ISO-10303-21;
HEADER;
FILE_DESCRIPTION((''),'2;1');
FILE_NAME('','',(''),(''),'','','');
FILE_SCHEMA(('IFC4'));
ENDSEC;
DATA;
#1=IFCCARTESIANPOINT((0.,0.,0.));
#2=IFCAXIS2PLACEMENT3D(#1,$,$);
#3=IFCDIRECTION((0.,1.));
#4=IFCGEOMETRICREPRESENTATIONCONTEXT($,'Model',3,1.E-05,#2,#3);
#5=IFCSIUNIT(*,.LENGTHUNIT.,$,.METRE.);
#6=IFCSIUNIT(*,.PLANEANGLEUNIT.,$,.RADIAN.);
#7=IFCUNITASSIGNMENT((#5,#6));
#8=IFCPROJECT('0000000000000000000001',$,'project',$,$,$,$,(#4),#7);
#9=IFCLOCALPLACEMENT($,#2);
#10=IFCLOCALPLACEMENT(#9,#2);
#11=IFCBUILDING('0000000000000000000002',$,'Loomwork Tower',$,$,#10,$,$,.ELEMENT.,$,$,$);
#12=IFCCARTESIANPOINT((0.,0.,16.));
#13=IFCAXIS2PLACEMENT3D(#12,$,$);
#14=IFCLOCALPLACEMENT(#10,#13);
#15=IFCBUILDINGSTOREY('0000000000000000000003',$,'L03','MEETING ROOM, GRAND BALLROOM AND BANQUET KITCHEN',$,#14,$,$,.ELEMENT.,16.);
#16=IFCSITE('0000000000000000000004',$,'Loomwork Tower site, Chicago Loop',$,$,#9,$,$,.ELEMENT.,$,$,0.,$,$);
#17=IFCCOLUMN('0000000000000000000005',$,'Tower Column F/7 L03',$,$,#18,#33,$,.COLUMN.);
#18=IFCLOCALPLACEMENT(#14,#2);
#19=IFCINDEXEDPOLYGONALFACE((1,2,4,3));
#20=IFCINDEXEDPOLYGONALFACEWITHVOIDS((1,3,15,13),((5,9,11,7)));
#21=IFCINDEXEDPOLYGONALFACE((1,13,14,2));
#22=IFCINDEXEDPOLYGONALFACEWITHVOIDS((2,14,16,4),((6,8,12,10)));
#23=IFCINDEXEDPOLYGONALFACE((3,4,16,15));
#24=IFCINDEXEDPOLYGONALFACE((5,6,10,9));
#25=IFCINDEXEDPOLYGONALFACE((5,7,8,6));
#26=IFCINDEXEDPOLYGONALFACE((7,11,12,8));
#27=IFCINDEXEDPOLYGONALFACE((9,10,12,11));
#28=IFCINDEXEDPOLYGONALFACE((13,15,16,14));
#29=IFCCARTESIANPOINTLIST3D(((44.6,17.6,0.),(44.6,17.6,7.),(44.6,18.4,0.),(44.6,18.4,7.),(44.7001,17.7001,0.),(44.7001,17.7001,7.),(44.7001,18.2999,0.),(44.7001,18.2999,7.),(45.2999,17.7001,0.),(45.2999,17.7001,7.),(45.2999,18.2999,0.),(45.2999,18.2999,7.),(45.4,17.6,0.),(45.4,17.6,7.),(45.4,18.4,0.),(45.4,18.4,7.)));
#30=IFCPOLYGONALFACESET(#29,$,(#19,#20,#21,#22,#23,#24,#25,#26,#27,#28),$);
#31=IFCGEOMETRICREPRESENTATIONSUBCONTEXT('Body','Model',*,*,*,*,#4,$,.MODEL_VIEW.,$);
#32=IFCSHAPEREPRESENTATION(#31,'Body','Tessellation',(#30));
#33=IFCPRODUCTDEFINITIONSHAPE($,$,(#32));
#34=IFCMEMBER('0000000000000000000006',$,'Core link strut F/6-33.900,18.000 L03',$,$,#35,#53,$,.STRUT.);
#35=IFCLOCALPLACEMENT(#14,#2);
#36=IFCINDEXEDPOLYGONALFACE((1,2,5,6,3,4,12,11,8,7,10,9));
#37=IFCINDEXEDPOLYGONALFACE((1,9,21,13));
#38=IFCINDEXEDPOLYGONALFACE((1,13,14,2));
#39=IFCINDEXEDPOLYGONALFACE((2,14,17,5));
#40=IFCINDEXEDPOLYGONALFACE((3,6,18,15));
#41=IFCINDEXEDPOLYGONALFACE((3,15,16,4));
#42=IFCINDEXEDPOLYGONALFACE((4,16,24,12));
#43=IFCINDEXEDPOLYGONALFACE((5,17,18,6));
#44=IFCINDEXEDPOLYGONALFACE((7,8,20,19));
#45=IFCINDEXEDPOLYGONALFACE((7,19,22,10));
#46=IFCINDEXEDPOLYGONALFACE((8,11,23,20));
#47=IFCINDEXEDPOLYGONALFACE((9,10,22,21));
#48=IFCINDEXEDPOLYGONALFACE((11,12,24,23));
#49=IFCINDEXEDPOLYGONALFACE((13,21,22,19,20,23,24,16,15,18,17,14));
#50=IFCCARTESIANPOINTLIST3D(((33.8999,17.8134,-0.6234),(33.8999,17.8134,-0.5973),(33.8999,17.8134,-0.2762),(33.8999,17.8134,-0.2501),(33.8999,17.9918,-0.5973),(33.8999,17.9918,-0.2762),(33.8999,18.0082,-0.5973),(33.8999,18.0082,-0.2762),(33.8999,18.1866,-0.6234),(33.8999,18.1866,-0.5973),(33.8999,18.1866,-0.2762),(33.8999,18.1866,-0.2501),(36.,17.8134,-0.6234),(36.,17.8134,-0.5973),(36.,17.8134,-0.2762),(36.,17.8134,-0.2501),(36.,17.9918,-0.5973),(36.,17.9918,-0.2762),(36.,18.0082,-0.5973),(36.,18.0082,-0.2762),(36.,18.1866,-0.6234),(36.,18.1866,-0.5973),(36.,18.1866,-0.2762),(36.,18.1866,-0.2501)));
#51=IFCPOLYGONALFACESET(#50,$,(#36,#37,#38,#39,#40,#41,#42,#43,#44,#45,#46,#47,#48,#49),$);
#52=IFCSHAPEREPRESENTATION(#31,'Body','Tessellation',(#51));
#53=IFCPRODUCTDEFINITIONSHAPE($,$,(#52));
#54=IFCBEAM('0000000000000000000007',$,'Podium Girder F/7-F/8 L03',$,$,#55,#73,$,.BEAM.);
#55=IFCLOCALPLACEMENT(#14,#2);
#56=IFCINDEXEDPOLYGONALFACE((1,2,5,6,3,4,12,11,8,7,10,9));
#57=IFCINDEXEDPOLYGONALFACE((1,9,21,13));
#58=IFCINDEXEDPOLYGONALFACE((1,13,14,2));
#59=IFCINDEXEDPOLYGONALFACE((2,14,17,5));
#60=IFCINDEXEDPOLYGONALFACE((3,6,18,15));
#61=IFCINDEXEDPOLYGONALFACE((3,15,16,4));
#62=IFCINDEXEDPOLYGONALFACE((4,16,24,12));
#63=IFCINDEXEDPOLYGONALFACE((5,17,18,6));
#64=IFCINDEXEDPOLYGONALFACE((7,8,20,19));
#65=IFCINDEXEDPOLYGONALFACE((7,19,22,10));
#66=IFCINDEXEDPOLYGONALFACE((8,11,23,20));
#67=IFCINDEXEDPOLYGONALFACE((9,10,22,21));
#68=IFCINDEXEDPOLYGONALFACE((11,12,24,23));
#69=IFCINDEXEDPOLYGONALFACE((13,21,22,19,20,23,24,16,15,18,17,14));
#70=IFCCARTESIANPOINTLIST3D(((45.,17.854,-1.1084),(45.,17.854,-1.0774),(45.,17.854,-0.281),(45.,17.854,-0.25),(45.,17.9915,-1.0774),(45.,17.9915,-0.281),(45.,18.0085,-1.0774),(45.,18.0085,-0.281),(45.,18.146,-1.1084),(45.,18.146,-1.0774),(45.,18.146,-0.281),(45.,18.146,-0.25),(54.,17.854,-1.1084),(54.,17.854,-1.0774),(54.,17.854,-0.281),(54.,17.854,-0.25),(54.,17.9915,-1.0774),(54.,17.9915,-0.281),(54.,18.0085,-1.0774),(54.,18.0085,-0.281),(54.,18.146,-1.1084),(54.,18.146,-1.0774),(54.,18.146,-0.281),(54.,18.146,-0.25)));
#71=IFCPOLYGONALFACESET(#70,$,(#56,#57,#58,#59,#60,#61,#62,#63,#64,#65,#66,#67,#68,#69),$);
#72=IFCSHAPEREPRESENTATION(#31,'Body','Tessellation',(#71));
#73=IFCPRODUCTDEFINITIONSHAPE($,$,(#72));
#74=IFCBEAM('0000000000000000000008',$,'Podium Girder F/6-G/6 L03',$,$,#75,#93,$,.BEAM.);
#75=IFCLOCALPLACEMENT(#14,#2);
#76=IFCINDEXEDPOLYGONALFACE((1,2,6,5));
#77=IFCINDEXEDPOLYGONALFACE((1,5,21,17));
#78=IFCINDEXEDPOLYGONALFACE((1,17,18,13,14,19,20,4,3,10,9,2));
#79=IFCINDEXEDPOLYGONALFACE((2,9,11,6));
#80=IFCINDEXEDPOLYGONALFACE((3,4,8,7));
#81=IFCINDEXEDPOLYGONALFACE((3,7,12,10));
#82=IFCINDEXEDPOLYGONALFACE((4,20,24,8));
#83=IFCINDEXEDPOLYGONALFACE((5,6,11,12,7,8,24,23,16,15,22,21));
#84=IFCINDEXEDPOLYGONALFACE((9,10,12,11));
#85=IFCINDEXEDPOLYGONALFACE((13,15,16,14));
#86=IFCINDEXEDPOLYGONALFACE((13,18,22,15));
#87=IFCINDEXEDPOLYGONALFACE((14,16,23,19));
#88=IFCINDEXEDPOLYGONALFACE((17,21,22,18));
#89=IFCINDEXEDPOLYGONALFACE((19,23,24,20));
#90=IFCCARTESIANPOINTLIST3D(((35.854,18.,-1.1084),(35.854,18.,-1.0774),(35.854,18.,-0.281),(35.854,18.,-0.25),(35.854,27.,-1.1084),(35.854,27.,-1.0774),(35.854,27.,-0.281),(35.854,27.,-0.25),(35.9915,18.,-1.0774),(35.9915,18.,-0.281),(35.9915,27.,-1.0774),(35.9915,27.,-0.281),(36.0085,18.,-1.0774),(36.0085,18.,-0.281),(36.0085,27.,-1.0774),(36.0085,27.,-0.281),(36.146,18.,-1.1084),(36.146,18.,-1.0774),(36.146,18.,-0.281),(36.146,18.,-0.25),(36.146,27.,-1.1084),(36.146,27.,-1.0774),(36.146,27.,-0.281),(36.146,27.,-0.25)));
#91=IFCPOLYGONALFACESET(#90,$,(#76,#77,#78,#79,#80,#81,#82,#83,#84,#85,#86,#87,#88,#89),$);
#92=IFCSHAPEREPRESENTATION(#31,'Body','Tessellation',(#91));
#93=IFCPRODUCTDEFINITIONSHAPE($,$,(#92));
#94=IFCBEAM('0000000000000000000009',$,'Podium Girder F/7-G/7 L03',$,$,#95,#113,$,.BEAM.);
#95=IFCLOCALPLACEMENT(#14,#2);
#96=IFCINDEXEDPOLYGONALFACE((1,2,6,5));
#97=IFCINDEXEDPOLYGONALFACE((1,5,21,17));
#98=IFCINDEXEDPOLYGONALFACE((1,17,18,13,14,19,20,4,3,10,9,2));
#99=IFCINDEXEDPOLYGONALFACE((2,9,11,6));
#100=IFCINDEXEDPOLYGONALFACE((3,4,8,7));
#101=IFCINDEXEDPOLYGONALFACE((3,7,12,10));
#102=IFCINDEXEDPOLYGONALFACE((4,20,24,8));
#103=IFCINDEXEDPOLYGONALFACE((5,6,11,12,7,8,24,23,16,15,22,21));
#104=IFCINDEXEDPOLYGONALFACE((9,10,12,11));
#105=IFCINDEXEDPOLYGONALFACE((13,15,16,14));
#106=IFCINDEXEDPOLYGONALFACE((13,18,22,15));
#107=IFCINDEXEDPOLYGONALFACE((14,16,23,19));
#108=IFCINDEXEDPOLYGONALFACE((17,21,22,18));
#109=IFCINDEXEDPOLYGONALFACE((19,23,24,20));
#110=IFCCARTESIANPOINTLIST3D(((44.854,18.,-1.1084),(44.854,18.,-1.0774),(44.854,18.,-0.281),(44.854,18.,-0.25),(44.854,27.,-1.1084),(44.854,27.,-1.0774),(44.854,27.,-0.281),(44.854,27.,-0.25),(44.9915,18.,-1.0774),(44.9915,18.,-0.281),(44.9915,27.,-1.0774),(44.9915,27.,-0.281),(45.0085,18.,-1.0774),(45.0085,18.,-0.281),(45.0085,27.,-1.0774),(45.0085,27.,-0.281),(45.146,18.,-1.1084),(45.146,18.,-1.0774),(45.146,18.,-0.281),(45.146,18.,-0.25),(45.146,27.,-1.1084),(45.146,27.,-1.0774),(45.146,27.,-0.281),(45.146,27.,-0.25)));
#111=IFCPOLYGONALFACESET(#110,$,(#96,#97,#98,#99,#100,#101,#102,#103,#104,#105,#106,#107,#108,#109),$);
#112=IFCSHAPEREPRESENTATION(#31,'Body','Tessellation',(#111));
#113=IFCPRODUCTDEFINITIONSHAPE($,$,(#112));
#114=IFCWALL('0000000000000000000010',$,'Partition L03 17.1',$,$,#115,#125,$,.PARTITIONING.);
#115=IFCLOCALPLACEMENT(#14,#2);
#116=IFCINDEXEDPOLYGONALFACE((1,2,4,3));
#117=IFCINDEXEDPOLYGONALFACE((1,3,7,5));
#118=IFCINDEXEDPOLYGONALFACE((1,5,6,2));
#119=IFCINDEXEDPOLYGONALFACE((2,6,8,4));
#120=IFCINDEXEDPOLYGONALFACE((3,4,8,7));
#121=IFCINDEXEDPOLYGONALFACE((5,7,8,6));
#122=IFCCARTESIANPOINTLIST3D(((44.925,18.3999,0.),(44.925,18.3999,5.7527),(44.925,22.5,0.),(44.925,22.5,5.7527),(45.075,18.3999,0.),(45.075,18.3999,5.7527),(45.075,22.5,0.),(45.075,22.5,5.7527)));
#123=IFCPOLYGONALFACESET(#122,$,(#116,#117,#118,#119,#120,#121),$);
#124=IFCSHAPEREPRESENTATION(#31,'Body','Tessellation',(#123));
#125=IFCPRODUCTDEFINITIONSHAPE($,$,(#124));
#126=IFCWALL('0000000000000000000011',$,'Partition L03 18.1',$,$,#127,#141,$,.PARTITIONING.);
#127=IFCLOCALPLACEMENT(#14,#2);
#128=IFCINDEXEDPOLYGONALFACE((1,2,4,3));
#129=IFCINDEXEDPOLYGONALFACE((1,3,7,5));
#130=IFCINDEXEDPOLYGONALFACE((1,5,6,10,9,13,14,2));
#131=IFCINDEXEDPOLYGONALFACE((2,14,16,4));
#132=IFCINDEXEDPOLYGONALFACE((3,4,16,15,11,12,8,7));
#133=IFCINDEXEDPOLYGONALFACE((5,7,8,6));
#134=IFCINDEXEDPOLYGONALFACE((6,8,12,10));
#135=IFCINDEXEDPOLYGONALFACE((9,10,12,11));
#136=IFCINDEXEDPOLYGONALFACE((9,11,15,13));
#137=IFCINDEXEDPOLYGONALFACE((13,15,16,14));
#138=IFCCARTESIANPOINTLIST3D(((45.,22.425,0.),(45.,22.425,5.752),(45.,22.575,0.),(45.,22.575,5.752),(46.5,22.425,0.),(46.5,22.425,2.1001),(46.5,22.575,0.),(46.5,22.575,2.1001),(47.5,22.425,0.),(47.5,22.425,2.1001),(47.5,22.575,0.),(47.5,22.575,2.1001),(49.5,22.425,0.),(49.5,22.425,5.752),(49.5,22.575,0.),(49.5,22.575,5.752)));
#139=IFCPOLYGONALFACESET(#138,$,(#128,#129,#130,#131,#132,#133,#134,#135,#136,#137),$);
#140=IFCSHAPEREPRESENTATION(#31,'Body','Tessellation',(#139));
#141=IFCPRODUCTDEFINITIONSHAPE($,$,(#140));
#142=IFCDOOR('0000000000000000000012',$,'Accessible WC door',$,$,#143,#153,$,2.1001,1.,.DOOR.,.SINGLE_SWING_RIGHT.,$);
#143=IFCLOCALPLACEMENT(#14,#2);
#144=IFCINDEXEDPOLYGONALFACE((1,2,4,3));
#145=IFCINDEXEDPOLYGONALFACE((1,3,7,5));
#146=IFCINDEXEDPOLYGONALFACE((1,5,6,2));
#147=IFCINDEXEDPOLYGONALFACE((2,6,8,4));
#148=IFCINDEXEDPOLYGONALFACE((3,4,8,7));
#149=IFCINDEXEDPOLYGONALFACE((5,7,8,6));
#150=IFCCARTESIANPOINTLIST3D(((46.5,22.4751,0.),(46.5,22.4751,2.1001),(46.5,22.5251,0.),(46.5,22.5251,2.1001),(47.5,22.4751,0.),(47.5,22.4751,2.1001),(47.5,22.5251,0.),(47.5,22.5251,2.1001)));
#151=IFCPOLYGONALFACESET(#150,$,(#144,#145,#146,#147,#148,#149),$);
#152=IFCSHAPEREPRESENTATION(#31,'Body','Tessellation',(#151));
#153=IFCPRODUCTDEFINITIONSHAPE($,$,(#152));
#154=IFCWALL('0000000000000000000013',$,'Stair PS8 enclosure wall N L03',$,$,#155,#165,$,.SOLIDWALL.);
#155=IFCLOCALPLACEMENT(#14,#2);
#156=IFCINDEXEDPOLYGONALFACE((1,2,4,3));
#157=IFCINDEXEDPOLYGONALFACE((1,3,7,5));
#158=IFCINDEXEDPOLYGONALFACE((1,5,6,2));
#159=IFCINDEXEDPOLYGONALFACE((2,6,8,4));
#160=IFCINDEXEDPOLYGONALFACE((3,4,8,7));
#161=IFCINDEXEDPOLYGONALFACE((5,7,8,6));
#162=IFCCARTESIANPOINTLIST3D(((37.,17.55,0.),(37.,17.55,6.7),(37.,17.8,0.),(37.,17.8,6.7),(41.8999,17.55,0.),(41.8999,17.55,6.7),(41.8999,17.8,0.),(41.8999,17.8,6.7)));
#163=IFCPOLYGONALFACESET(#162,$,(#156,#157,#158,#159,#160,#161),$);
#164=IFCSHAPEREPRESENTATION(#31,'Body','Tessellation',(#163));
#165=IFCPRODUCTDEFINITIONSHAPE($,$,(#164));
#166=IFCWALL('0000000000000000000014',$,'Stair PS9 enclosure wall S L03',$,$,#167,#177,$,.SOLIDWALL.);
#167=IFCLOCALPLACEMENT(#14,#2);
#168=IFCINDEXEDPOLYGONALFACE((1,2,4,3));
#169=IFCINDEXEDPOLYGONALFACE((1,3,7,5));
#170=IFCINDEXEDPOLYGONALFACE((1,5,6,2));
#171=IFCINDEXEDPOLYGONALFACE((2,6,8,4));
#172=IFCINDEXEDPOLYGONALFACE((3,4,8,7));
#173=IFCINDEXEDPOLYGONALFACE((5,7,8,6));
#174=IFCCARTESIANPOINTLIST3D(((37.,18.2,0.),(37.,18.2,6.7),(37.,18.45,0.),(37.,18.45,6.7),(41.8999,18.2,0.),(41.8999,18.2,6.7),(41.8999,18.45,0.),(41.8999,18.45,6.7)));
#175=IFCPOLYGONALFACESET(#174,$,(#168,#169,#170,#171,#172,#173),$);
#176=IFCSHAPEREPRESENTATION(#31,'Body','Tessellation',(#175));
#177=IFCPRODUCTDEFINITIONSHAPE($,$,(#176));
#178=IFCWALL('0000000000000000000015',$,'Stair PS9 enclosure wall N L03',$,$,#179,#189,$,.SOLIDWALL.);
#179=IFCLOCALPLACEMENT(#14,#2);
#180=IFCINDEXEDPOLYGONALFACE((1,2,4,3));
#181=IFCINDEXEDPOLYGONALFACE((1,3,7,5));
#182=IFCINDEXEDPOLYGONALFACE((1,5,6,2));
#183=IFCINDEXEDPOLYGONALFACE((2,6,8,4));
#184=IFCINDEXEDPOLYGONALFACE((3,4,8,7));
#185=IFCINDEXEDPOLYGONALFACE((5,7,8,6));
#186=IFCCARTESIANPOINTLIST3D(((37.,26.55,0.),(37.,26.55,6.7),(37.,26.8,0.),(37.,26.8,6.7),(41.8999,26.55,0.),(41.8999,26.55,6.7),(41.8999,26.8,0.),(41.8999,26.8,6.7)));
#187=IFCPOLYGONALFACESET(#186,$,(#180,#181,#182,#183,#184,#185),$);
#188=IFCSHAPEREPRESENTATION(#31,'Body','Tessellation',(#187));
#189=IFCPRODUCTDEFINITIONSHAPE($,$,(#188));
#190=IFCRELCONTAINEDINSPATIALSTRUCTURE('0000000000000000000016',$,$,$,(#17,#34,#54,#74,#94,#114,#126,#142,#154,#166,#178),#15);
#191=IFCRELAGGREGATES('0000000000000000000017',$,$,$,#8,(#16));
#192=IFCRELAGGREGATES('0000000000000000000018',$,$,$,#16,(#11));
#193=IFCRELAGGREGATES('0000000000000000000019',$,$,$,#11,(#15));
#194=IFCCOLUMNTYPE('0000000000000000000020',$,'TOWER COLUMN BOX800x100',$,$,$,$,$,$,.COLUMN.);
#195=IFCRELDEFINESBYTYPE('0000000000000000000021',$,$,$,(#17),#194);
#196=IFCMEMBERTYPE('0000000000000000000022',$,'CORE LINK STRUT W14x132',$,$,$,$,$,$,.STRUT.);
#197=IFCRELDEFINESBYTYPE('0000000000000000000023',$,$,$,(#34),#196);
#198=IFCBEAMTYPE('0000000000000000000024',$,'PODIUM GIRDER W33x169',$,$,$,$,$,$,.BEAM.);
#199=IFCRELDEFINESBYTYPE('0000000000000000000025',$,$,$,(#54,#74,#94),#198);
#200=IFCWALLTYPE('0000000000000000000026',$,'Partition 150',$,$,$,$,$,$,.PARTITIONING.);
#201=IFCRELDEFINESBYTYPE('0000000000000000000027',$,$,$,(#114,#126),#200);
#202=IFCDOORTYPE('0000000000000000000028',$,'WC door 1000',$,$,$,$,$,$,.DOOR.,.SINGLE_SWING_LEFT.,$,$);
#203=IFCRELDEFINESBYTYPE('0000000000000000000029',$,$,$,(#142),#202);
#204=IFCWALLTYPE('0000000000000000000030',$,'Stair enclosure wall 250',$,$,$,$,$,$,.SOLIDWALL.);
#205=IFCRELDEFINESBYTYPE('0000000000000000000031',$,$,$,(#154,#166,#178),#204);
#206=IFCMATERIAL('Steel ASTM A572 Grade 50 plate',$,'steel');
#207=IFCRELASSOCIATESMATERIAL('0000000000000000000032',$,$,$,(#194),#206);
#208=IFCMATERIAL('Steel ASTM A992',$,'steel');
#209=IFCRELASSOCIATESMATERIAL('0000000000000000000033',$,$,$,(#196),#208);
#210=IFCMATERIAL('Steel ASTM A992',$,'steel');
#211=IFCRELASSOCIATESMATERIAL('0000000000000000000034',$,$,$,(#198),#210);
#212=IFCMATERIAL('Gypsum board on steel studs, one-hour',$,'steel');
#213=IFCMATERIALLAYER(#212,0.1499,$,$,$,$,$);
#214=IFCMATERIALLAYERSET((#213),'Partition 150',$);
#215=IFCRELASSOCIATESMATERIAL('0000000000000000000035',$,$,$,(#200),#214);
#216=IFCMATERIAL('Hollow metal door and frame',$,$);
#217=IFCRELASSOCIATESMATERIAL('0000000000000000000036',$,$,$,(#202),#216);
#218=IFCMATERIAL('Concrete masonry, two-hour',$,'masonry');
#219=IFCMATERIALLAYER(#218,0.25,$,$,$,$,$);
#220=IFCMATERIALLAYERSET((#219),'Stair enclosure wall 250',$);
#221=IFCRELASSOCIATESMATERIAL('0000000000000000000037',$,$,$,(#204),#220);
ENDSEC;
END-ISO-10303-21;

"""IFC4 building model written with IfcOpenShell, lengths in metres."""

from ifc_helpers import new_model, si_unit, direction, frame, frame_2d, origin, origin_2d, place, context, subcontext, project, spatial, rectangle, hollow_rectangle, i_section, extrude, material, layer, layer_set, material_profile, profile_set, type_object, element, fill, save


model = new_model("IFC4")

# Units and contexts
model_context = context("Model", 3, precision=1e-05, world=origin(), true_north=direction((0.0, 1.0)))
body_context = subcontext(model_context, "Body", "Model", "MODEL_VIEW")
ifc_project = project(units=[si_unit("LENGTHUNIT", "METRE"), si_unit("PLANEANGLEUNIT", "RADIAN")], contexts=[model_context])

# Site, building, storey
site_placement = place(None, origin())
site = spatial("IfcSite", under=ifc_project, at=site_placement, Name="Loomwork Tower site, Chicago Loop", CompositionType="ELEMENT", RefElevation=0.0)
building_placement = place(site_placement, origin())
building = spatial("IfcBuilding", under=site, at=building_placement, Name="Loomwork Tower", CompositionType="ELEMENT")
storey_placement = place(building_placement, frame((0.0, 0.0, 16.0)))
storey = spatial("IfcBuildingStorey", under=building, at=storey_placement, Name="L03", Description="MEETING ROOM, GRAND BALLROOM AND BANQUET KITCHEN", CompositionType="ELEMENT", Elevation=16.0)

# Column
ifc_material_1 = material(Name="Steel ASTM A572 Grade 50 plate", Category="steel")
ifc_material_profile_1 = material_profile(ifc_material_1, hollow_rectangle(XDim=0.8, YDim=0.8, WallThickness=0.1001, at=origin_2d()), Name="BOX800x100")
ifc_profile_set_1 = profile_set([ifc_material_profile_1], Name="Steel ASTM A572 Grade 50 plate")
column_type = type_object("IfcColumnType", Name="TOWER COLUMN BOX800x100", PredefinedType="COLUMN", material=ifc_profile_set_1)
column_placement = place(storey_placement, frame((45.0, 18.0, 0.0), z_axis=(0.0, 0.0, 1.0), x_axis=(0.0, 1.0, 0.0)))
element("IfcColumn", 1, at=column_placement, inside=storey, type_object=column_type, Name="Tower Column F/7 L03", PredefinedType="COLUMN", context=body_context, shape_type="SweptSolid", body=[
    extrude(hollow_rectangle(XDim=0.8, YDim=0.8, WallThickness=0.1001, at=origin_2d()), origin(), (0.0, 0.0, 1.0), 7.0),
])

# Member
ifc_material_2 = material(Name="Steel ASTM A992", Category="steel")
ifc_material_profile_2 = material_profile(ifc_material_2, i_section(OverallWidth=0.3733, OverallDepth=0.3733, WebThickness=0.0164, FlangeThickness=0.0261, at=origin_2d()), Name="W14x132")
ifc_profile_set_2 = profile_set([ifc_material_profile_2], Name="Steel ASTM A992")
member_type = type_object("IfcMemberType", Name="CORE LINK STRUT W14x132", PredefinedType="STRUT", material=ifc_profile_set_2)
member_placement = place(storey_placement, frame((36.0, 18.0, -0.4368), z_axis=(-1.0, 0.0, 0.0), x_axis=(0.0, -1.0, 0.0)))
element("IfcMember", 2, at=member_placement, inside=storey, type_object=member_type, Name="Core link strut F/6-33.900,18.000 L03", PredefinedType="STRUT", context=body_context, shape_type="SweptSolid", body=[
    extrude(i_section(OverallWidth=0.3733, OverallDepth=0.3733, WebThickness=0.0164, FlangeThickness=0.0261, at=origin_2d()), origin(), (0.0, 0.0, 1.0), 2.1001),
])

# Beams
ifc_material_3 = material(Name="Steel ASTM A992", Category="steel")
ifc_material_profile_3 = material_profile(ifc_material_3, i_section(OverallWidth=0.292, OverallDepth=0.8584, WebThickness=0.0171, FlangeThickness=0.031, at=origin_2d()), Name="W33x169")
ifc_profile_set_3 = profile_set([ifc_material_profile_3], Name="Steel ASTM A992")
beam_type = type_object("IfcBeamType", Name="PODIUM GIRDER W33x169", PredefinedType="BEAM", material=ifc_profile_set_3)
for number, where, z_axis, x_axis, name in (
    (3, (45.0, 18.0, -0.6792), (1.0, 0.0, 0.0), (0.0, 1.0, 0.0), "Podium Girder F/7-F/8 L03"),
    (4, (36.0, 18.0, -0.6792), (0.0, 1.0, 0.0), (-1.0, 0.0, 0.0), "Podium Girder F/6-G/6 L03"),
    (5, (45.0, 18.0, -0.6792), (0.0, 1.0, 0.0), (-1.0, 0.0, 0.0), "Podium Girder F/7-G/7 L03"),
):
    element("IfcBeam", number, at=place(storey_placement, frame(where, z_axis=z_axis, x_axis=x_axis)), inside=storey, type_object=beam_type, Name=name, PredefinedType="BEAM", context=body_context, shape_type="SweptSolid", body=[
        extrude(i_section(OverallWidth=0.292, OverallDepth=0.8584, WebThickness=0.0171, FlangeThickness=0.031, at=origin_2d()), origin(), (0.0, 0.0, 1.0), 9.0),
    ])

# Wall
ifc_material_4 = material(Name="Gypsum board on steel studs, one-hour", Category="steel")
ifc_layer_1 = layer(ifc_material_4, 0.1499)
ifc_layer_set_1 = layer_set([ifc_layer_1], Name="Partition 150")
wall_type_1 = type_object("IfcWallType", Name="Partition 150", PredefinedType="PARTITIONING", material=ifc_layer_set_1)
wall_1_placement = place(storey_placement, frame((45.0, 18.3999, 0.0), z_axis=(0.0, 0.0, 1.0), x_axis=(0.0, 1.0, 0.0)))
element("IfcWall", 6, at=wall_1_placement, inside=storey, type_object=wall_type_1, Name="Partition L03 17.1", PredefinedType="PARTITIONING", context=body_context, shape_type="SweptSolid", body=[
    extrude(rectangle(XDim=4.1001, YDim=0.1499, at=frame_2d((2.05, 0.0))), origin(), (0.0, 0.0, 1.0), 5.7527),
])

# Wall, opening, door
wall_2_placement = place(storey_placement, frame((45.0, 22.5, 0.0), z_axis=(0.0, 0.0, 1.0), x_axis=(1.0, 0.0, 0.0)))
wall_2 = element("IfcWall", 7, at=wall_2_placement, inside=storey, type_object=wall_type_1, Name="Partition L03 18.1", PredefinedType="PARTITIONING", context=body_context, shape_type="SweptSolid", body=[
    extrude(rectangle(XDim=4.5, YDim=0.1499, at=frame_2d((2.25, 0.0))), origin(), (0.0, 0.0, 1.0), 5.752),
])
opening_1_placement = place(wall_2_placement, frame((1.5, 0.0, 0.0)))
opening_1 = element("IfcOpeningElement", 8, at=opening_1_placement, cuts=wall_2, PredefinedType="OPENING", context=body_context, shape_type="SweptSolid", body=[
    extrude(rectangle(XDim=1.0, YDim=2.1001, at=frame_2d((0.5, 1.05))), frame((0.0, 0.085, 0.0), z_axis=(0.0, -1.0, 0.0), x_axis=(1.0, 0.0, 0.0)), (0.0, 0.0, 1.0), 0.1699),
])
ifc_material_5 = material(Name="Hollow metal door and frame")
door_type_1 = type_object("IfcDoorType", Name="WC door 1000", OperationType="SINGLE_SWING_LEFT", PredefinedType="DOOR", material=ifc_material_5)
door_1_placement = place(opening_1_placement, frame((1.0, 0.0, 0.0), z_axis=(0.0, 0.0, 1.0), x_axis=(-1.0, 0.0, 0.0)))
door_1 = element("IfcDoor", 9, at=door_1_placement, inside=storey, type_object=door_type_1, Name="Accessible WC door", OperationType="SINGLE_SWING_RIGHT", OverallHeight=2.1001, OverallWidth=1.0, PredefinedType="DOOR", context=body_context, shape_type="SweptSolid", body=[
    extrude(rectangle(XDim=1.0, YDim=2.1001, at=frame_2d((0.5, 1.05))), frame((0.0, 0.0249, 0.0), z_axis=(0.0, -1.0, 0.0), x_axis=(1.0, 0.0, 0.0)), (0.0, 0.0, 1.0), 0.05),
])
fill(opening_1, door_1)

# Walls
ifc_material_6 = material(Name="Concrete masonry, two-hour", Category="masonry")
ifc_layer_2 = layer(ifc_material_6, 0.25)
ifc_layer_set_2 = layer_set([ifc_layer_2], Name="Stair enclosure wall 250")
wall_type_2 = type_object("IfcWallType", Name="Stair enclosure wall 250", PredefinedType="SOLIDWALL", material=ifc_layer_set_2)
for number, where, z_axis, x_axis, name in (
    (10, (37.0, 17.675, 0.0), (0.0, 0.0, 1.0), (1.0, 0.0, 0.0), "Stair PS8 enclosure wall N L03"),
    (11, (37.0, 18.325, 0.0), (0.0, 0.0, 1.0), (1.0, 0.0, 0.0), "Stair PS9 enclosure wall S L03"),
    (12, (37.0, 26.675, 0.0), (0.0, 0.0, 1.0), (1.0, 0.0, 0.0), "Stair PS9 enclosure wall N L03"),
):
    element("IfcWall", number, at=place(storey_placement, frame(where, z_axis=z_axis, x_axis=x_axis)), inside=storey, type_object=wall_type_2, Name=name, PredefinedType="SOLIDWALL", context=body_context, shape_type="SweptSolid", body=[
        extrude(rectangle(XDim=4.8999, YDim=0.25, at=frame_2d((2.45, 0.0))), origin(), (0.0, 0.0, 1.0), 6.7),
    ])

save(model, "model.ifc")
